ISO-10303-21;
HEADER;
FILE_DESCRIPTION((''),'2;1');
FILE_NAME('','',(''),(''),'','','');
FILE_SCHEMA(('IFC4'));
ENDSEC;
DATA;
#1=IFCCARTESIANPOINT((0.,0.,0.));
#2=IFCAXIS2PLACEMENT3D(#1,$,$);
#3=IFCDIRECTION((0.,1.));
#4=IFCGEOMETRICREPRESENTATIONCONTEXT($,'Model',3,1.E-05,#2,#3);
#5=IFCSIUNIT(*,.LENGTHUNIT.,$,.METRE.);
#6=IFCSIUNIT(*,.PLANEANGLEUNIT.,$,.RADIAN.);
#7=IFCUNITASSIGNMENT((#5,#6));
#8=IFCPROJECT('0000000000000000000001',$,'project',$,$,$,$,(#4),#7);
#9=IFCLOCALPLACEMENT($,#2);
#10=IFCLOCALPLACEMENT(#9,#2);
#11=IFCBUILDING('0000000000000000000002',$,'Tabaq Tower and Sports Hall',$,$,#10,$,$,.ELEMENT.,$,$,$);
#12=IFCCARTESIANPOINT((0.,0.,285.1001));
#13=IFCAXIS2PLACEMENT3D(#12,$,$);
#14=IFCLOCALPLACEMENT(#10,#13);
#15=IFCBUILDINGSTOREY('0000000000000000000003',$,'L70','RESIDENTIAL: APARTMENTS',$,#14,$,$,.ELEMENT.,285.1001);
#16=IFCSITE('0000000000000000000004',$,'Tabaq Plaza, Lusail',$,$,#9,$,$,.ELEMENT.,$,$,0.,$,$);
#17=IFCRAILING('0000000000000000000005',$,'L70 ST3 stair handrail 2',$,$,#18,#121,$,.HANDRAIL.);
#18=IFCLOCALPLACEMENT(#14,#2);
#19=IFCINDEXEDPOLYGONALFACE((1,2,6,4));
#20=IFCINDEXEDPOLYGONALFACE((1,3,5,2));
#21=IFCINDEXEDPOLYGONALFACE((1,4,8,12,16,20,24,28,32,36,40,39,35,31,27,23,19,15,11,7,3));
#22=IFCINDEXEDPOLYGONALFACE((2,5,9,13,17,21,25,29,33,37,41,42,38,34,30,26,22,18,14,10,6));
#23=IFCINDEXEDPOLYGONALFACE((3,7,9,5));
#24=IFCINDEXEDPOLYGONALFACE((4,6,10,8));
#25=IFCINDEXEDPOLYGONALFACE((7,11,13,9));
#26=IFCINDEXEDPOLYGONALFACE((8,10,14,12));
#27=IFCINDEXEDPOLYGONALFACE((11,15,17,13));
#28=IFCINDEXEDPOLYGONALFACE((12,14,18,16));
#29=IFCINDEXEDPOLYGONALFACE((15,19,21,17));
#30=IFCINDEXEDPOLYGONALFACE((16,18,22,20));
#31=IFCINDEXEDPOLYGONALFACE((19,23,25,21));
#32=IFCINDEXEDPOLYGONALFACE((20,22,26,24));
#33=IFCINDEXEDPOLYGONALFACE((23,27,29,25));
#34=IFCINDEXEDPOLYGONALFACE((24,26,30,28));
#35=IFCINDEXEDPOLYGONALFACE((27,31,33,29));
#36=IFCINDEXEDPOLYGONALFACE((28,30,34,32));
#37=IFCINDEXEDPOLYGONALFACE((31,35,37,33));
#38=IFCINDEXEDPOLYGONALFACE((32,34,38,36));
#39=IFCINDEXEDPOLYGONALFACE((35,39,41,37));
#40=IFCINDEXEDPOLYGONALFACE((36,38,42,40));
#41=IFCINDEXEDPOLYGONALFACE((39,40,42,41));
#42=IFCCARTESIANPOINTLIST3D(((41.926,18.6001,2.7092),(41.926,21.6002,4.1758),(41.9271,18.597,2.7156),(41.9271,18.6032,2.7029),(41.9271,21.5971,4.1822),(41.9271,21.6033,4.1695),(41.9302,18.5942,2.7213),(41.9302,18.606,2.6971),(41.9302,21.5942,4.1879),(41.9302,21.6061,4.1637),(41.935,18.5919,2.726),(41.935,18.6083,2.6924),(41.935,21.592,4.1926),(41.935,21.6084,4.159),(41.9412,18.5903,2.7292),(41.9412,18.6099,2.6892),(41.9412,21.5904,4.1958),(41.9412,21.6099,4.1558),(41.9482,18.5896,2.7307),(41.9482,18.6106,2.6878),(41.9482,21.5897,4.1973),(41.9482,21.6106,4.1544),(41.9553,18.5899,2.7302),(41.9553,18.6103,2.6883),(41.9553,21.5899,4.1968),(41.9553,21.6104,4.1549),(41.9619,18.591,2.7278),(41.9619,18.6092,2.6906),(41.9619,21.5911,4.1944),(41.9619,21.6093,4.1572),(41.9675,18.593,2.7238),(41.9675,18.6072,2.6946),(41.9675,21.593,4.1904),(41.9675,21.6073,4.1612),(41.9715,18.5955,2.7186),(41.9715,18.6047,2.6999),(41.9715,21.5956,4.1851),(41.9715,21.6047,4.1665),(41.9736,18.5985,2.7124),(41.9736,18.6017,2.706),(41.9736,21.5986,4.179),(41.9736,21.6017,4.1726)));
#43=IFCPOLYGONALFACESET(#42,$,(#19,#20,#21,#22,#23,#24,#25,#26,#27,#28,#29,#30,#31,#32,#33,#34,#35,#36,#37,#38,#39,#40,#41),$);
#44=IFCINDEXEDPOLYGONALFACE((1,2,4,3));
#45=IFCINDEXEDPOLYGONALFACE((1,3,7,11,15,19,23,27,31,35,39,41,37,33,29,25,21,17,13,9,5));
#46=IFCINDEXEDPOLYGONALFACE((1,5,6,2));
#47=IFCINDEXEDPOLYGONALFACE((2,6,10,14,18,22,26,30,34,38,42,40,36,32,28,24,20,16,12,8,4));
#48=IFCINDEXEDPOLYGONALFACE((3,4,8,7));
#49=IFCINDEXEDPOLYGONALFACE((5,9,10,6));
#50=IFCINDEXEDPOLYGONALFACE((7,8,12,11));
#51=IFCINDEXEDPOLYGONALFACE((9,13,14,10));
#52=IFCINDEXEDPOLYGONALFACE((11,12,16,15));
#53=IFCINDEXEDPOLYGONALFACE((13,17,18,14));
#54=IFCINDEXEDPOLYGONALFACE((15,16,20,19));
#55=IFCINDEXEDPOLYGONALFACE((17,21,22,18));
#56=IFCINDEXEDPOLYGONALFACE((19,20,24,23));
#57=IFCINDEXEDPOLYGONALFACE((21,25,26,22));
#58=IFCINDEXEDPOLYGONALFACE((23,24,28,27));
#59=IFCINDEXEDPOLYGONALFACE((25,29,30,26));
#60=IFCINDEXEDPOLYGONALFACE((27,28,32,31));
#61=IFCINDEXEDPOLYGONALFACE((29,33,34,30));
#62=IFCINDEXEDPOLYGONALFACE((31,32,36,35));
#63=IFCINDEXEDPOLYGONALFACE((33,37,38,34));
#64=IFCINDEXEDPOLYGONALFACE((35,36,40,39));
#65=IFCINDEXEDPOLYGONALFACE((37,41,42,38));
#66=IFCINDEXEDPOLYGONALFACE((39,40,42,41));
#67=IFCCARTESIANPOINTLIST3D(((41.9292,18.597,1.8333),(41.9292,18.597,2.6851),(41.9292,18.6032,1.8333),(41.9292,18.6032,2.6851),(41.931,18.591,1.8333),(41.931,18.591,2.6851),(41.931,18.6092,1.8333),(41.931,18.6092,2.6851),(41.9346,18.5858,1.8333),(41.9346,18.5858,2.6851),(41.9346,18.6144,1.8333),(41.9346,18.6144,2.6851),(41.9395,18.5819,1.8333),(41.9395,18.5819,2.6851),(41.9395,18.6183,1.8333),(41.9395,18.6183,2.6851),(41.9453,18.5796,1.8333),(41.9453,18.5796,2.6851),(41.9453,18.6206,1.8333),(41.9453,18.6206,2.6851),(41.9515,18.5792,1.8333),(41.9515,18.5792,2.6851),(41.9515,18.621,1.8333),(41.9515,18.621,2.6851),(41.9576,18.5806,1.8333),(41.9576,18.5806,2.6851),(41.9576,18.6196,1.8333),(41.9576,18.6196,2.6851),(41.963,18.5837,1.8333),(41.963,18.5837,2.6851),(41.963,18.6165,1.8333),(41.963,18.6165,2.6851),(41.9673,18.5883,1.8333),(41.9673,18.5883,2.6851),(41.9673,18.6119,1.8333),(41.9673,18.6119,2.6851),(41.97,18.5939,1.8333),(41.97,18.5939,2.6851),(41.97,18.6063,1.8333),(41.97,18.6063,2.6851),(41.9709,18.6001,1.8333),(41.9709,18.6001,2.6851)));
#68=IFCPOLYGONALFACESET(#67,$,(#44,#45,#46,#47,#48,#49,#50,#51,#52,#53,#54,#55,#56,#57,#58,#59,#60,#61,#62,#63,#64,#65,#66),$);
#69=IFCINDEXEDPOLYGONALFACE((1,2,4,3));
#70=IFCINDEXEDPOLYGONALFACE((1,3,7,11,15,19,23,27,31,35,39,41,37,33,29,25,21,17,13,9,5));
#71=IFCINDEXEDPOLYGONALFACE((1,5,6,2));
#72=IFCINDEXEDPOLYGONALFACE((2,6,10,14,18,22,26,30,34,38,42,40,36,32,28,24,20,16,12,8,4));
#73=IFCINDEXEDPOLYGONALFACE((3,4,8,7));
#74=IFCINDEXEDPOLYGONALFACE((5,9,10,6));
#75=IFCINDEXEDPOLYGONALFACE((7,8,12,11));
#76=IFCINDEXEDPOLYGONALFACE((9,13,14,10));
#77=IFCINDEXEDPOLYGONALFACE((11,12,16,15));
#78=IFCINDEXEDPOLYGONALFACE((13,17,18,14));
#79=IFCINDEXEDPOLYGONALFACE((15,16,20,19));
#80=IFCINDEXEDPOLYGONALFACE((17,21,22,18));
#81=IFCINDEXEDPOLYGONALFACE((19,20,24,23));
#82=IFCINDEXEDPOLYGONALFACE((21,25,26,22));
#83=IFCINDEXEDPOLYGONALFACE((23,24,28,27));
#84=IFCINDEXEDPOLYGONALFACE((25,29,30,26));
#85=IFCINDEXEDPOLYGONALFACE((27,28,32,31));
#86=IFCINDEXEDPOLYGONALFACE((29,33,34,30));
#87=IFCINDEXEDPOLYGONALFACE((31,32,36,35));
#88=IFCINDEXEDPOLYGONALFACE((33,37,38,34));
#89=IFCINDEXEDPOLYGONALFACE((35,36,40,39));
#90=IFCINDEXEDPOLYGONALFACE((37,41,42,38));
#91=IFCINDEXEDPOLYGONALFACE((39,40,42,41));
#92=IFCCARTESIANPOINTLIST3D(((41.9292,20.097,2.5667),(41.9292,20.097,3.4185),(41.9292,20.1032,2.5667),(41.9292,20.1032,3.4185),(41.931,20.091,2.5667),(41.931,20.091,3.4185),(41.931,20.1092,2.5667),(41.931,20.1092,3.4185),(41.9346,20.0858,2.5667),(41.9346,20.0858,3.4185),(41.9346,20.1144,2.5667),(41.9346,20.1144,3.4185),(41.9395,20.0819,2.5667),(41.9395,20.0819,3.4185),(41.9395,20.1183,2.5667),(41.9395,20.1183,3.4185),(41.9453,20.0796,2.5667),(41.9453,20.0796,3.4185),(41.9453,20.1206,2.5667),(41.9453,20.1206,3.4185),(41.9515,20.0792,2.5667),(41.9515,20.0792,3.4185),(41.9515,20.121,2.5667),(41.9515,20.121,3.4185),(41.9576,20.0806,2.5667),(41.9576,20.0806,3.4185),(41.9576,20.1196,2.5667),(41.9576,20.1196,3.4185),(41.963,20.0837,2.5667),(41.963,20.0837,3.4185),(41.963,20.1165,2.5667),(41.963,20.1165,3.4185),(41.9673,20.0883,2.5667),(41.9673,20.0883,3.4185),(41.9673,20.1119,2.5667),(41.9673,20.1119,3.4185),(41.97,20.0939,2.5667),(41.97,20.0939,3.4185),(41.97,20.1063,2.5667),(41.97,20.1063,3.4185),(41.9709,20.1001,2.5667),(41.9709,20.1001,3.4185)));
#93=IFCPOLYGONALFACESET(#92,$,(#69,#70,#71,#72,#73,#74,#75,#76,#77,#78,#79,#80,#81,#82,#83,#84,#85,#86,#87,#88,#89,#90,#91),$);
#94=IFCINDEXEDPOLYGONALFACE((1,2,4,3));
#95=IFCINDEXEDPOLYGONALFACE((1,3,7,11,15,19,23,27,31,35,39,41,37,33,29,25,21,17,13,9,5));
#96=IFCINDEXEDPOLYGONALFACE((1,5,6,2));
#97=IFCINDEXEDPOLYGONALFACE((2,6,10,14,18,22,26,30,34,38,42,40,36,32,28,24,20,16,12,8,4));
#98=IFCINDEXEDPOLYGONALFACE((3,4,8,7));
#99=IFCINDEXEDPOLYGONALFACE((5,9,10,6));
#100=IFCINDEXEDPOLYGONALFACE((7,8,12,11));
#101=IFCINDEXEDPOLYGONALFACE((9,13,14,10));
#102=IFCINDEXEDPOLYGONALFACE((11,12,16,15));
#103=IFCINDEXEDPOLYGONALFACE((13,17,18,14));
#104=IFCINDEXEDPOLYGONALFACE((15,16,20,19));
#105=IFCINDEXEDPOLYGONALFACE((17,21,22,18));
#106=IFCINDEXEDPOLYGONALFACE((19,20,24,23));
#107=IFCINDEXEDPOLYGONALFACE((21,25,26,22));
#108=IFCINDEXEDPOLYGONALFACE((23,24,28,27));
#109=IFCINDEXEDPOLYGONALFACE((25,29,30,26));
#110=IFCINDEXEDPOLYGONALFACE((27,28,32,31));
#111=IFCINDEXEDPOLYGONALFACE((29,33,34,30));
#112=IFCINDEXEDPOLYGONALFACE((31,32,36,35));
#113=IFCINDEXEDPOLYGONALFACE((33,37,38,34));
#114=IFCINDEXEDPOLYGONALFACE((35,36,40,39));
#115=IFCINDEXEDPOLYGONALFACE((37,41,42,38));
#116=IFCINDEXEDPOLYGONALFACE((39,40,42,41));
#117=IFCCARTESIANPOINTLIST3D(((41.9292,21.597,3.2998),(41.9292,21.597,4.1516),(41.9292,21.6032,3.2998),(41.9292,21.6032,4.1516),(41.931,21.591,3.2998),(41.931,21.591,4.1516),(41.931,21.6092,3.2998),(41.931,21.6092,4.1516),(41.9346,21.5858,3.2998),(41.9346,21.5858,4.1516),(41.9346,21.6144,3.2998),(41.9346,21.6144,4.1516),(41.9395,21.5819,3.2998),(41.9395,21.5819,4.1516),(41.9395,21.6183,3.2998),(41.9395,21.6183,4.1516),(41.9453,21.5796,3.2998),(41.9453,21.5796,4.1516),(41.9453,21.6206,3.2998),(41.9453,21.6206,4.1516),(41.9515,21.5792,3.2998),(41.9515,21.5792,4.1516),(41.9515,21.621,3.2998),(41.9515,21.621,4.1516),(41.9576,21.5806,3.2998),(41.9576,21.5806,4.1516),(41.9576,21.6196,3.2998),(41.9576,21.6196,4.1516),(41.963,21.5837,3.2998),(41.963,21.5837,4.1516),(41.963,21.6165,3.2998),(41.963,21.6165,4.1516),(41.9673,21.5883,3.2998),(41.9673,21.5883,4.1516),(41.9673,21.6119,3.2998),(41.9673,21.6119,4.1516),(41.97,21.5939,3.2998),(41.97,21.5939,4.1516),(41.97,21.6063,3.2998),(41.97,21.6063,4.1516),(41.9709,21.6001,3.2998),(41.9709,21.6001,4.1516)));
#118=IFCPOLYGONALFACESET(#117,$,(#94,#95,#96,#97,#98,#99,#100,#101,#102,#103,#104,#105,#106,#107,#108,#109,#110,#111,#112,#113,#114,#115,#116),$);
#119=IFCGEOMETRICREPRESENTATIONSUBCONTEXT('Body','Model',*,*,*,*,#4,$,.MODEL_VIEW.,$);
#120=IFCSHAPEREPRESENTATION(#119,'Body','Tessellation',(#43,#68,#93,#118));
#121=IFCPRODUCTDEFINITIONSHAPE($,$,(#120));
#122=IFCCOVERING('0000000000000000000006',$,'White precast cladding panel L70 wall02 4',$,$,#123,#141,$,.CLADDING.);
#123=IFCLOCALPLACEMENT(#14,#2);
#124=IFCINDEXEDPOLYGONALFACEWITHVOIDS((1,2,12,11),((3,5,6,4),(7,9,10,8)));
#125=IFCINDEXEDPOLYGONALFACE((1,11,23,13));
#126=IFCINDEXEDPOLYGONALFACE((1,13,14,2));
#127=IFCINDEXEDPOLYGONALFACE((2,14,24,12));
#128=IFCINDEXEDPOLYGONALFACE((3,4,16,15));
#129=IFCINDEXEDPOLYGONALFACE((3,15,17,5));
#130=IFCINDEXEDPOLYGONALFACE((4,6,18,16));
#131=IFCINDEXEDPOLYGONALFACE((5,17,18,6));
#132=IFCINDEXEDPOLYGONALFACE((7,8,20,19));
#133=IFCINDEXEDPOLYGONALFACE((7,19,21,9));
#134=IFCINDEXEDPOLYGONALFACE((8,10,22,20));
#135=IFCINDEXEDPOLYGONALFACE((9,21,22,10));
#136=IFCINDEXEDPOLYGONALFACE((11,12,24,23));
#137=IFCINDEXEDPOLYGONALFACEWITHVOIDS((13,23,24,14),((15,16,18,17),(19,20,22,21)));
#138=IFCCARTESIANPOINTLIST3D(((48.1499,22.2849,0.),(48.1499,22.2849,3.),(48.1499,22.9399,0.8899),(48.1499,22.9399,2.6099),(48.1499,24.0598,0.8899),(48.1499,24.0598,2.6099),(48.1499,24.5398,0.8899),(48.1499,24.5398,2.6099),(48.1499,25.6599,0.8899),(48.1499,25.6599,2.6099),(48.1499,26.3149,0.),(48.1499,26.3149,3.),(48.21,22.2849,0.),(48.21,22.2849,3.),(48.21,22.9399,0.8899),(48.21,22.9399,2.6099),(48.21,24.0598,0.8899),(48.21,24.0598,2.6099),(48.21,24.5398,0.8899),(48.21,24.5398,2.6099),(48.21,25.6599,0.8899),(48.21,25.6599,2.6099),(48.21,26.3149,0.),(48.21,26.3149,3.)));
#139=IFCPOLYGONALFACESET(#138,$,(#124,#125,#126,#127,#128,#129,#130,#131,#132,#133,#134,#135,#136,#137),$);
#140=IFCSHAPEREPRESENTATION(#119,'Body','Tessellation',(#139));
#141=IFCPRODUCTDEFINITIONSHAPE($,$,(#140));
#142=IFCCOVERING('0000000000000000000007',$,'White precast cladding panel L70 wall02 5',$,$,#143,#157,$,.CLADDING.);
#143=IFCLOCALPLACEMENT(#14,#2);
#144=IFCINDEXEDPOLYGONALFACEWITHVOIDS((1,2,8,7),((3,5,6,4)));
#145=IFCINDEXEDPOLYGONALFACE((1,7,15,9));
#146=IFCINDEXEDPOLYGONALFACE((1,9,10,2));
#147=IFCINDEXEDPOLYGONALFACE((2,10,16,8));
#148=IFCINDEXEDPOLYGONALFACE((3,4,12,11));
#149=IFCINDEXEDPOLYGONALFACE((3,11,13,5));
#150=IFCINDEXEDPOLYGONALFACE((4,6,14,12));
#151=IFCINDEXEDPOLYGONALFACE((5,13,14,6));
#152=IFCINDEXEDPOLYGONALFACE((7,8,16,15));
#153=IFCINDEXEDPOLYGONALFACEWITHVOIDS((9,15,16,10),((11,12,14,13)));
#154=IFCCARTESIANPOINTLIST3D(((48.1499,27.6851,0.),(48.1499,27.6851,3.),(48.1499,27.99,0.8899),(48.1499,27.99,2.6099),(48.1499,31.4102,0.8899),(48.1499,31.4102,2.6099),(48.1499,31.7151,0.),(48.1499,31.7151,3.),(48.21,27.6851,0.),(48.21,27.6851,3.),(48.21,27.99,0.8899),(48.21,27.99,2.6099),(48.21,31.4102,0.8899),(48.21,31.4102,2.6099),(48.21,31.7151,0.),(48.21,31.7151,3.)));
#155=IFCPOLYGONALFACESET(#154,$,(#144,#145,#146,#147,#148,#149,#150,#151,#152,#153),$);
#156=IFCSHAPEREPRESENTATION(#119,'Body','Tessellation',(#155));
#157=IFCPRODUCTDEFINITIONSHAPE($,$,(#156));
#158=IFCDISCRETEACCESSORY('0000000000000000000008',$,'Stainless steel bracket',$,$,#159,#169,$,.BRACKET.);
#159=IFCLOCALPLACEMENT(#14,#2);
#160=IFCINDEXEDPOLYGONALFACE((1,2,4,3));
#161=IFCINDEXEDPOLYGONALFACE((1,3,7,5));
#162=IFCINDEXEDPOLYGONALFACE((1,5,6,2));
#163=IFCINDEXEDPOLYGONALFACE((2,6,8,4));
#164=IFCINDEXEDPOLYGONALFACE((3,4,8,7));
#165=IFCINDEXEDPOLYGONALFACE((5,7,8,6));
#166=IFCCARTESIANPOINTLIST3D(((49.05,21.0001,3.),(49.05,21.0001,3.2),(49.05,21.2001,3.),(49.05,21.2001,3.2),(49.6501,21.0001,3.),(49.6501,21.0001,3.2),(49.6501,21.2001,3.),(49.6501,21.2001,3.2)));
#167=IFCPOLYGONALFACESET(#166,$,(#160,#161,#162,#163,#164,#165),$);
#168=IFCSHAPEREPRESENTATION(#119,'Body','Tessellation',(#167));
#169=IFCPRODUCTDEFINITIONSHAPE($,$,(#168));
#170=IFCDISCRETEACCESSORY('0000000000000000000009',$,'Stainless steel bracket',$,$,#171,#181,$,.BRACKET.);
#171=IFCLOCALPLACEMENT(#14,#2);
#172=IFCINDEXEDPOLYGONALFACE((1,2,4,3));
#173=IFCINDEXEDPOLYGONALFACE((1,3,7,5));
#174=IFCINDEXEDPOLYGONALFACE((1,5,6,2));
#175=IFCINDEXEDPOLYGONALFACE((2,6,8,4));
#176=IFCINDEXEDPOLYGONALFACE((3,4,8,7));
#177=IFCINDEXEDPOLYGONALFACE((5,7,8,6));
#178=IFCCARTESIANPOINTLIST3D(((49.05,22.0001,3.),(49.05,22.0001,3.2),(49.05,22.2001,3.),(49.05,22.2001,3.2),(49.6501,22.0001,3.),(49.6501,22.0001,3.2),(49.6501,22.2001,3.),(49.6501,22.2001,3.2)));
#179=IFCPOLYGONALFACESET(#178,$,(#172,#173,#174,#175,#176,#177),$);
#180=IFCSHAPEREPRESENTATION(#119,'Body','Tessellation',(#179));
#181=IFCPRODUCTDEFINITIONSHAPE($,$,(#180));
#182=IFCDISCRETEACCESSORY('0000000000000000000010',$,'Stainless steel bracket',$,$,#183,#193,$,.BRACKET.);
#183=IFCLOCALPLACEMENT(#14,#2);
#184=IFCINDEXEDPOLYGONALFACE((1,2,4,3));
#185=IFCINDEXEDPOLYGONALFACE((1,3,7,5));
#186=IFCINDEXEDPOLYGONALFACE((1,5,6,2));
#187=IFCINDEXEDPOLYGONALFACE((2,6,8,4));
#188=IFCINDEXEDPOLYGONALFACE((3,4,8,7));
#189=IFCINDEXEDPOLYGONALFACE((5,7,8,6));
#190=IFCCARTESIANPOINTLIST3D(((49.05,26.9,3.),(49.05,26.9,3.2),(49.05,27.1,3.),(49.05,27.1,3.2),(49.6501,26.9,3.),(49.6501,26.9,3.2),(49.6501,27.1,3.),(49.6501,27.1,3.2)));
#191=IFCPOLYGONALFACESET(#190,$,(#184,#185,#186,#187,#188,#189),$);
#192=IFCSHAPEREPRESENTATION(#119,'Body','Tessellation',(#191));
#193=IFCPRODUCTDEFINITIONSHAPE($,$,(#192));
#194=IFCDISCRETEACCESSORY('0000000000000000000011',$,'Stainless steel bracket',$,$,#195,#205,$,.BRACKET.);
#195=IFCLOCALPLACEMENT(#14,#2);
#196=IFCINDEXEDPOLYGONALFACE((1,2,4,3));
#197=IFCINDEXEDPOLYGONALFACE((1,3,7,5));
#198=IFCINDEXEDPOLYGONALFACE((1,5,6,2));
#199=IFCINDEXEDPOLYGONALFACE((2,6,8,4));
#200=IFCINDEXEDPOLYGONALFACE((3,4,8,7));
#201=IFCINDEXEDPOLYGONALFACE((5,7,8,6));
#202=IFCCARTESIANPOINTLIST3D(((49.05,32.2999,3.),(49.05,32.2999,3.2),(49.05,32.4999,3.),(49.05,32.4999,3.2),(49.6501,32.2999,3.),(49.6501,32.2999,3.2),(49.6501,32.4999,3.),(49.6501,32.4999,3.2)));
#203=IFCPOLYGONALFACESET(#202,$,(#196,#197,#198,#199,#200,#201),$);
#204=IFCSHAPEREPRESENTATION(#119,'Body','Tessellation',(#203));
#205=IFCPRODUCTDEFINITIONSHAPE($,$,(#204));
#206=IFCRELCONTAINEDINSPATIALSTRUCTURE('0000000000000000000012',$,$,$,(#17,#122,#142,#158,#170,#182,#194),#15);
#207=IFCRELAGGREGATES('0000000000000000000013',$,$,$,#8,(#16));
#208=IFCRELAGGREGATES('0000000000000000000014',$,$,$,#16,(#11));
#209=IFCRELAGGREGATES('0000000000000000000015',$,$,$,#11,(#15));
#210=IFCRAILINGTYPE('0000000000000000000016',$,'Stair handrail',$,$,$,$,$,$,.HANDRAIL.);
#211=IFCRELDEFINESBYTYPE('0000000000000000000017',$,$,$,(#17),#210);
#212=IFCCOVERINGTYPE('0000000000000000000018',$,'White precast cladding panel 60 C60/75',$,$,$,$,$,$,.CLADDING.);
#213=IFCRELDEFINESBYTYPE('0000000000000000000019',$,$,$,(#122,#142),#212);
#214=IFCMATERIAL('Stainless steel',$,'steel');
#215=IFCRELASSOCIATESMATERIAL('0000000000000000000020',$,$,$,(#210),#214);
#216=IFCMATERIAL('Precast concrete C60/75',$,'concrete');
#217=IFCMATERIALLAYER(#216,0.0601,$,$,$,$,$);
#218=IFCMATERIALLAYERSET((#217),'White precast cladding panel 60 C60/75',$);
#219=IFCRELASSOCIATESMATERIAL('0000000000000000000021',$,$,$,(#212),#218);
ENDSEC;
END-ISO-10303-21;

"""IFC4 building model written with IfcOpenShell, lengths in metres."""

from ifc_helpers import new_model, si_unit, direction, frame, origin, origin_2d, place, context, subcontext, project, spatial, polyline, rectangle, circle, outline, extrude, material, layer, layer_set, type_object, element, save


model = new_model("IFC4")

# Units and contexts
model_context = context("Model", 3, precision=1e-05, world=origin(), true_north=direction((0.0, 1.0)))
body_context = subcontext(model_context, "Body", "Model", "MODEL_VIEW")
ifc_project = project(units=[si_unit("LENGTHUNIT", "METRE"), si_unit("PLANEANGLEUNIT", "RADIAN")], contexts=[model_context])

# Site, building, storey
site_placement = place(None, origin())
site = spatial("IfcSite", under=ifc_project, at=site_placement, Name="Tabaq Plaza, Lusail", CompositionType="ELEMENT", RefElevation=0.0)
building_placement = place(site_placement, origin())
building = spatial("IfcBuilding", under=site, at=building_placement, Name="Tabaq Tower and Sports Hall", CompositionType="ELEMENT")
storey_placement = place(building_placement, frame((0.0, 0.0, 285.1001)))
storey = spatial("IfcBuildingStorey", under=building, at=storey_placement, Name="L70", Description="RESIDENTIAL: APARTMENTS", CompositionType="ELEMENT", Elevation=285.1001)

# Railing
ifc_material_1 = material(Name="Stainless steel", Category="steel")
railing_type_1 = type_object("IfcRailingType", Name="Stair handrail", PredefinedType="HANDRAIL", material=ifc_material_1)
railing_1_placement = place(storey_placement, frame((41.95, 18.6001, 1.8333)))
element("IfcRailing", 1, at=railing_1_placement, inside=storey, type_object=railing_type_1, Name="L70 ST3 stair handrail 2", PredefinedType="HANDRAIL", context=body_context, shape_type="SweptSolid", body=[
    extrude(circle(Radius=0.0239, at=origin_2d()), frame((0.0, 0.0, 0.876), z_axis=(0.0, 0.898398, 0.439183), x_axis=(-1.0, 0.0, 0.0)), (0.0, 0.0, 1.0), 3.3394),
    extrude(circle(Radius=0.021, at=origin_2d()), origin(), (0.0, 0.0, 1.0), 0.8518),
    extrude(circle(Radius=0.021, at=origin_2d()), frame((0.0, 1.5, 0.7334)), (0.0, 0.0, 1.0), 0.8518),
    extrude(circle(Radius=0.021, at=origin_2d()), frame((0.0, 3.0, 1.4666)), (0.0, 0.0, 1.0), 0.8518),
])

# Coverings
ifc_material_2 = material(Name="Precast concrete C60/75", Category="concrete")
ifc_layer_1 = layer(ifc_material_2, 0.0601)
ifc_layer_set_1 = layer_set([ifc_layer_1], Name="White precast cladding panel 60 C60/75")
covering_type_1 = type_object("IfcCoveringType", Name="White precast cladding panel 60 C60/75", PredefinedType="CLADDING", material=ifc_layer_set_1)
covering_1_placement = place(storey_placement, frame((48.1799, 22.2849, 0.0), z_axis=(0.0, 0.0, 1.0), x_axis=(0.0, 1.0, 0.0)))
element("IfcCovering", 2, at=covering_1_placement, inside=storey, type_object=covering_type_1, Name="White precast cladding panel L70 wall02 4", PredefinedType="CLADDING", context=body_context, shape_type="SweptSolid", body=[
    extrude(outline(polyline([(0.0, 0.0), (4.03, 0.0), (4.03, 3.0), (0.0, 3.0), (0.0, 0.0)]), holes=[polyline([(0.655, 2.6099), (1.7749, 2.6099), (1.7749, 0.8899), (0.655, 0.8899), (0.655, 2.6099)]), polyline([(2.2549, 2.6099), (3.375, 2.6099), (3.375, 0.8899), (2.2549, 0.8899), (2.2549, 2.6099)])]), frame((0.0, 0.03, 0.0), z_axis=(0.0, -1.0, 0.0), x_axis=(1.0, 0.0, 0.0)), (0.0, 0.0, 1.0), 0.0601),
])
covering_2_placement = place(storey_placement, frame((48.1799, 27.6851, 0.0), z_axis=(0.0, 0.0, 1.0), x_axis=(0.0, 1.0, 0.0)))
element("IfcCovering", 3, at=covering_2_placement, inside=storey, type_object=covering_type_1, Name="White precast cladding panel L70 wall02 5", PredefinedType="CLADDING", context=body_context, shape_type="SweptSolid", body=[
    extrude(outline(polyline([(0.0, 0.0), (4.03, 0.0), (4.03, 3.0), (0.0, 3.0), (0.0, 0.0)]), holes=[polyline([(0.3049, 0.8899), (0.3049, 2.6099), (3.7251, 2.6099), (3.7251, 0.8899), (0.3049, 0.8899)])]), frame((0.0, 0.03, 0.0), z_axis=(0.0, -1.0, 0.0), x_axis=(1.0, 0.0, 0.0)), (0.0, 0.0, 1.0), 0.0601),
])

# Discrete accessories
for number, where, z_axis, x_axis, name in (
    (4, (49.3501, 21.1001, 3.0), (0.0, 0.0, 1.0), (1.0, 0.0, 0.0), "Stainless steel bracket"),
    (5, (49.3501, 22.1001, 3.0), (0.0, 0.0, 1.0), (1.0, 0.0, 0.0), "Stainless steel bracket"),
    (6, (49.3501, 27.0, 3.0), (0.0, 0.0, 1.0), (1.0, 0.0, 0.0), "Stainless steel bracket"),
    (7, (49.3501, 32.3999, 3.0), (0.0, 0.0, 1.0), (1.0, 0.0, 0.0), "Stainless steel bracket"),
):
    element("IfcDiscreteAccessory", number, at=place(storey_placement, frame(where, z_axis=z_axis, x_axis=x_axis)), inside=storey, Name=name, PredefinedType="BRACKET", context=body_context, shape_type="SweptSolid", body=[
        extrude(rectangle(XDim=0.6001, YDim=0.2, at=origin_2d()), origin(), (0.0, 0.0, 1.0), 0.2),
    ])

save(model, "model.ifc")
